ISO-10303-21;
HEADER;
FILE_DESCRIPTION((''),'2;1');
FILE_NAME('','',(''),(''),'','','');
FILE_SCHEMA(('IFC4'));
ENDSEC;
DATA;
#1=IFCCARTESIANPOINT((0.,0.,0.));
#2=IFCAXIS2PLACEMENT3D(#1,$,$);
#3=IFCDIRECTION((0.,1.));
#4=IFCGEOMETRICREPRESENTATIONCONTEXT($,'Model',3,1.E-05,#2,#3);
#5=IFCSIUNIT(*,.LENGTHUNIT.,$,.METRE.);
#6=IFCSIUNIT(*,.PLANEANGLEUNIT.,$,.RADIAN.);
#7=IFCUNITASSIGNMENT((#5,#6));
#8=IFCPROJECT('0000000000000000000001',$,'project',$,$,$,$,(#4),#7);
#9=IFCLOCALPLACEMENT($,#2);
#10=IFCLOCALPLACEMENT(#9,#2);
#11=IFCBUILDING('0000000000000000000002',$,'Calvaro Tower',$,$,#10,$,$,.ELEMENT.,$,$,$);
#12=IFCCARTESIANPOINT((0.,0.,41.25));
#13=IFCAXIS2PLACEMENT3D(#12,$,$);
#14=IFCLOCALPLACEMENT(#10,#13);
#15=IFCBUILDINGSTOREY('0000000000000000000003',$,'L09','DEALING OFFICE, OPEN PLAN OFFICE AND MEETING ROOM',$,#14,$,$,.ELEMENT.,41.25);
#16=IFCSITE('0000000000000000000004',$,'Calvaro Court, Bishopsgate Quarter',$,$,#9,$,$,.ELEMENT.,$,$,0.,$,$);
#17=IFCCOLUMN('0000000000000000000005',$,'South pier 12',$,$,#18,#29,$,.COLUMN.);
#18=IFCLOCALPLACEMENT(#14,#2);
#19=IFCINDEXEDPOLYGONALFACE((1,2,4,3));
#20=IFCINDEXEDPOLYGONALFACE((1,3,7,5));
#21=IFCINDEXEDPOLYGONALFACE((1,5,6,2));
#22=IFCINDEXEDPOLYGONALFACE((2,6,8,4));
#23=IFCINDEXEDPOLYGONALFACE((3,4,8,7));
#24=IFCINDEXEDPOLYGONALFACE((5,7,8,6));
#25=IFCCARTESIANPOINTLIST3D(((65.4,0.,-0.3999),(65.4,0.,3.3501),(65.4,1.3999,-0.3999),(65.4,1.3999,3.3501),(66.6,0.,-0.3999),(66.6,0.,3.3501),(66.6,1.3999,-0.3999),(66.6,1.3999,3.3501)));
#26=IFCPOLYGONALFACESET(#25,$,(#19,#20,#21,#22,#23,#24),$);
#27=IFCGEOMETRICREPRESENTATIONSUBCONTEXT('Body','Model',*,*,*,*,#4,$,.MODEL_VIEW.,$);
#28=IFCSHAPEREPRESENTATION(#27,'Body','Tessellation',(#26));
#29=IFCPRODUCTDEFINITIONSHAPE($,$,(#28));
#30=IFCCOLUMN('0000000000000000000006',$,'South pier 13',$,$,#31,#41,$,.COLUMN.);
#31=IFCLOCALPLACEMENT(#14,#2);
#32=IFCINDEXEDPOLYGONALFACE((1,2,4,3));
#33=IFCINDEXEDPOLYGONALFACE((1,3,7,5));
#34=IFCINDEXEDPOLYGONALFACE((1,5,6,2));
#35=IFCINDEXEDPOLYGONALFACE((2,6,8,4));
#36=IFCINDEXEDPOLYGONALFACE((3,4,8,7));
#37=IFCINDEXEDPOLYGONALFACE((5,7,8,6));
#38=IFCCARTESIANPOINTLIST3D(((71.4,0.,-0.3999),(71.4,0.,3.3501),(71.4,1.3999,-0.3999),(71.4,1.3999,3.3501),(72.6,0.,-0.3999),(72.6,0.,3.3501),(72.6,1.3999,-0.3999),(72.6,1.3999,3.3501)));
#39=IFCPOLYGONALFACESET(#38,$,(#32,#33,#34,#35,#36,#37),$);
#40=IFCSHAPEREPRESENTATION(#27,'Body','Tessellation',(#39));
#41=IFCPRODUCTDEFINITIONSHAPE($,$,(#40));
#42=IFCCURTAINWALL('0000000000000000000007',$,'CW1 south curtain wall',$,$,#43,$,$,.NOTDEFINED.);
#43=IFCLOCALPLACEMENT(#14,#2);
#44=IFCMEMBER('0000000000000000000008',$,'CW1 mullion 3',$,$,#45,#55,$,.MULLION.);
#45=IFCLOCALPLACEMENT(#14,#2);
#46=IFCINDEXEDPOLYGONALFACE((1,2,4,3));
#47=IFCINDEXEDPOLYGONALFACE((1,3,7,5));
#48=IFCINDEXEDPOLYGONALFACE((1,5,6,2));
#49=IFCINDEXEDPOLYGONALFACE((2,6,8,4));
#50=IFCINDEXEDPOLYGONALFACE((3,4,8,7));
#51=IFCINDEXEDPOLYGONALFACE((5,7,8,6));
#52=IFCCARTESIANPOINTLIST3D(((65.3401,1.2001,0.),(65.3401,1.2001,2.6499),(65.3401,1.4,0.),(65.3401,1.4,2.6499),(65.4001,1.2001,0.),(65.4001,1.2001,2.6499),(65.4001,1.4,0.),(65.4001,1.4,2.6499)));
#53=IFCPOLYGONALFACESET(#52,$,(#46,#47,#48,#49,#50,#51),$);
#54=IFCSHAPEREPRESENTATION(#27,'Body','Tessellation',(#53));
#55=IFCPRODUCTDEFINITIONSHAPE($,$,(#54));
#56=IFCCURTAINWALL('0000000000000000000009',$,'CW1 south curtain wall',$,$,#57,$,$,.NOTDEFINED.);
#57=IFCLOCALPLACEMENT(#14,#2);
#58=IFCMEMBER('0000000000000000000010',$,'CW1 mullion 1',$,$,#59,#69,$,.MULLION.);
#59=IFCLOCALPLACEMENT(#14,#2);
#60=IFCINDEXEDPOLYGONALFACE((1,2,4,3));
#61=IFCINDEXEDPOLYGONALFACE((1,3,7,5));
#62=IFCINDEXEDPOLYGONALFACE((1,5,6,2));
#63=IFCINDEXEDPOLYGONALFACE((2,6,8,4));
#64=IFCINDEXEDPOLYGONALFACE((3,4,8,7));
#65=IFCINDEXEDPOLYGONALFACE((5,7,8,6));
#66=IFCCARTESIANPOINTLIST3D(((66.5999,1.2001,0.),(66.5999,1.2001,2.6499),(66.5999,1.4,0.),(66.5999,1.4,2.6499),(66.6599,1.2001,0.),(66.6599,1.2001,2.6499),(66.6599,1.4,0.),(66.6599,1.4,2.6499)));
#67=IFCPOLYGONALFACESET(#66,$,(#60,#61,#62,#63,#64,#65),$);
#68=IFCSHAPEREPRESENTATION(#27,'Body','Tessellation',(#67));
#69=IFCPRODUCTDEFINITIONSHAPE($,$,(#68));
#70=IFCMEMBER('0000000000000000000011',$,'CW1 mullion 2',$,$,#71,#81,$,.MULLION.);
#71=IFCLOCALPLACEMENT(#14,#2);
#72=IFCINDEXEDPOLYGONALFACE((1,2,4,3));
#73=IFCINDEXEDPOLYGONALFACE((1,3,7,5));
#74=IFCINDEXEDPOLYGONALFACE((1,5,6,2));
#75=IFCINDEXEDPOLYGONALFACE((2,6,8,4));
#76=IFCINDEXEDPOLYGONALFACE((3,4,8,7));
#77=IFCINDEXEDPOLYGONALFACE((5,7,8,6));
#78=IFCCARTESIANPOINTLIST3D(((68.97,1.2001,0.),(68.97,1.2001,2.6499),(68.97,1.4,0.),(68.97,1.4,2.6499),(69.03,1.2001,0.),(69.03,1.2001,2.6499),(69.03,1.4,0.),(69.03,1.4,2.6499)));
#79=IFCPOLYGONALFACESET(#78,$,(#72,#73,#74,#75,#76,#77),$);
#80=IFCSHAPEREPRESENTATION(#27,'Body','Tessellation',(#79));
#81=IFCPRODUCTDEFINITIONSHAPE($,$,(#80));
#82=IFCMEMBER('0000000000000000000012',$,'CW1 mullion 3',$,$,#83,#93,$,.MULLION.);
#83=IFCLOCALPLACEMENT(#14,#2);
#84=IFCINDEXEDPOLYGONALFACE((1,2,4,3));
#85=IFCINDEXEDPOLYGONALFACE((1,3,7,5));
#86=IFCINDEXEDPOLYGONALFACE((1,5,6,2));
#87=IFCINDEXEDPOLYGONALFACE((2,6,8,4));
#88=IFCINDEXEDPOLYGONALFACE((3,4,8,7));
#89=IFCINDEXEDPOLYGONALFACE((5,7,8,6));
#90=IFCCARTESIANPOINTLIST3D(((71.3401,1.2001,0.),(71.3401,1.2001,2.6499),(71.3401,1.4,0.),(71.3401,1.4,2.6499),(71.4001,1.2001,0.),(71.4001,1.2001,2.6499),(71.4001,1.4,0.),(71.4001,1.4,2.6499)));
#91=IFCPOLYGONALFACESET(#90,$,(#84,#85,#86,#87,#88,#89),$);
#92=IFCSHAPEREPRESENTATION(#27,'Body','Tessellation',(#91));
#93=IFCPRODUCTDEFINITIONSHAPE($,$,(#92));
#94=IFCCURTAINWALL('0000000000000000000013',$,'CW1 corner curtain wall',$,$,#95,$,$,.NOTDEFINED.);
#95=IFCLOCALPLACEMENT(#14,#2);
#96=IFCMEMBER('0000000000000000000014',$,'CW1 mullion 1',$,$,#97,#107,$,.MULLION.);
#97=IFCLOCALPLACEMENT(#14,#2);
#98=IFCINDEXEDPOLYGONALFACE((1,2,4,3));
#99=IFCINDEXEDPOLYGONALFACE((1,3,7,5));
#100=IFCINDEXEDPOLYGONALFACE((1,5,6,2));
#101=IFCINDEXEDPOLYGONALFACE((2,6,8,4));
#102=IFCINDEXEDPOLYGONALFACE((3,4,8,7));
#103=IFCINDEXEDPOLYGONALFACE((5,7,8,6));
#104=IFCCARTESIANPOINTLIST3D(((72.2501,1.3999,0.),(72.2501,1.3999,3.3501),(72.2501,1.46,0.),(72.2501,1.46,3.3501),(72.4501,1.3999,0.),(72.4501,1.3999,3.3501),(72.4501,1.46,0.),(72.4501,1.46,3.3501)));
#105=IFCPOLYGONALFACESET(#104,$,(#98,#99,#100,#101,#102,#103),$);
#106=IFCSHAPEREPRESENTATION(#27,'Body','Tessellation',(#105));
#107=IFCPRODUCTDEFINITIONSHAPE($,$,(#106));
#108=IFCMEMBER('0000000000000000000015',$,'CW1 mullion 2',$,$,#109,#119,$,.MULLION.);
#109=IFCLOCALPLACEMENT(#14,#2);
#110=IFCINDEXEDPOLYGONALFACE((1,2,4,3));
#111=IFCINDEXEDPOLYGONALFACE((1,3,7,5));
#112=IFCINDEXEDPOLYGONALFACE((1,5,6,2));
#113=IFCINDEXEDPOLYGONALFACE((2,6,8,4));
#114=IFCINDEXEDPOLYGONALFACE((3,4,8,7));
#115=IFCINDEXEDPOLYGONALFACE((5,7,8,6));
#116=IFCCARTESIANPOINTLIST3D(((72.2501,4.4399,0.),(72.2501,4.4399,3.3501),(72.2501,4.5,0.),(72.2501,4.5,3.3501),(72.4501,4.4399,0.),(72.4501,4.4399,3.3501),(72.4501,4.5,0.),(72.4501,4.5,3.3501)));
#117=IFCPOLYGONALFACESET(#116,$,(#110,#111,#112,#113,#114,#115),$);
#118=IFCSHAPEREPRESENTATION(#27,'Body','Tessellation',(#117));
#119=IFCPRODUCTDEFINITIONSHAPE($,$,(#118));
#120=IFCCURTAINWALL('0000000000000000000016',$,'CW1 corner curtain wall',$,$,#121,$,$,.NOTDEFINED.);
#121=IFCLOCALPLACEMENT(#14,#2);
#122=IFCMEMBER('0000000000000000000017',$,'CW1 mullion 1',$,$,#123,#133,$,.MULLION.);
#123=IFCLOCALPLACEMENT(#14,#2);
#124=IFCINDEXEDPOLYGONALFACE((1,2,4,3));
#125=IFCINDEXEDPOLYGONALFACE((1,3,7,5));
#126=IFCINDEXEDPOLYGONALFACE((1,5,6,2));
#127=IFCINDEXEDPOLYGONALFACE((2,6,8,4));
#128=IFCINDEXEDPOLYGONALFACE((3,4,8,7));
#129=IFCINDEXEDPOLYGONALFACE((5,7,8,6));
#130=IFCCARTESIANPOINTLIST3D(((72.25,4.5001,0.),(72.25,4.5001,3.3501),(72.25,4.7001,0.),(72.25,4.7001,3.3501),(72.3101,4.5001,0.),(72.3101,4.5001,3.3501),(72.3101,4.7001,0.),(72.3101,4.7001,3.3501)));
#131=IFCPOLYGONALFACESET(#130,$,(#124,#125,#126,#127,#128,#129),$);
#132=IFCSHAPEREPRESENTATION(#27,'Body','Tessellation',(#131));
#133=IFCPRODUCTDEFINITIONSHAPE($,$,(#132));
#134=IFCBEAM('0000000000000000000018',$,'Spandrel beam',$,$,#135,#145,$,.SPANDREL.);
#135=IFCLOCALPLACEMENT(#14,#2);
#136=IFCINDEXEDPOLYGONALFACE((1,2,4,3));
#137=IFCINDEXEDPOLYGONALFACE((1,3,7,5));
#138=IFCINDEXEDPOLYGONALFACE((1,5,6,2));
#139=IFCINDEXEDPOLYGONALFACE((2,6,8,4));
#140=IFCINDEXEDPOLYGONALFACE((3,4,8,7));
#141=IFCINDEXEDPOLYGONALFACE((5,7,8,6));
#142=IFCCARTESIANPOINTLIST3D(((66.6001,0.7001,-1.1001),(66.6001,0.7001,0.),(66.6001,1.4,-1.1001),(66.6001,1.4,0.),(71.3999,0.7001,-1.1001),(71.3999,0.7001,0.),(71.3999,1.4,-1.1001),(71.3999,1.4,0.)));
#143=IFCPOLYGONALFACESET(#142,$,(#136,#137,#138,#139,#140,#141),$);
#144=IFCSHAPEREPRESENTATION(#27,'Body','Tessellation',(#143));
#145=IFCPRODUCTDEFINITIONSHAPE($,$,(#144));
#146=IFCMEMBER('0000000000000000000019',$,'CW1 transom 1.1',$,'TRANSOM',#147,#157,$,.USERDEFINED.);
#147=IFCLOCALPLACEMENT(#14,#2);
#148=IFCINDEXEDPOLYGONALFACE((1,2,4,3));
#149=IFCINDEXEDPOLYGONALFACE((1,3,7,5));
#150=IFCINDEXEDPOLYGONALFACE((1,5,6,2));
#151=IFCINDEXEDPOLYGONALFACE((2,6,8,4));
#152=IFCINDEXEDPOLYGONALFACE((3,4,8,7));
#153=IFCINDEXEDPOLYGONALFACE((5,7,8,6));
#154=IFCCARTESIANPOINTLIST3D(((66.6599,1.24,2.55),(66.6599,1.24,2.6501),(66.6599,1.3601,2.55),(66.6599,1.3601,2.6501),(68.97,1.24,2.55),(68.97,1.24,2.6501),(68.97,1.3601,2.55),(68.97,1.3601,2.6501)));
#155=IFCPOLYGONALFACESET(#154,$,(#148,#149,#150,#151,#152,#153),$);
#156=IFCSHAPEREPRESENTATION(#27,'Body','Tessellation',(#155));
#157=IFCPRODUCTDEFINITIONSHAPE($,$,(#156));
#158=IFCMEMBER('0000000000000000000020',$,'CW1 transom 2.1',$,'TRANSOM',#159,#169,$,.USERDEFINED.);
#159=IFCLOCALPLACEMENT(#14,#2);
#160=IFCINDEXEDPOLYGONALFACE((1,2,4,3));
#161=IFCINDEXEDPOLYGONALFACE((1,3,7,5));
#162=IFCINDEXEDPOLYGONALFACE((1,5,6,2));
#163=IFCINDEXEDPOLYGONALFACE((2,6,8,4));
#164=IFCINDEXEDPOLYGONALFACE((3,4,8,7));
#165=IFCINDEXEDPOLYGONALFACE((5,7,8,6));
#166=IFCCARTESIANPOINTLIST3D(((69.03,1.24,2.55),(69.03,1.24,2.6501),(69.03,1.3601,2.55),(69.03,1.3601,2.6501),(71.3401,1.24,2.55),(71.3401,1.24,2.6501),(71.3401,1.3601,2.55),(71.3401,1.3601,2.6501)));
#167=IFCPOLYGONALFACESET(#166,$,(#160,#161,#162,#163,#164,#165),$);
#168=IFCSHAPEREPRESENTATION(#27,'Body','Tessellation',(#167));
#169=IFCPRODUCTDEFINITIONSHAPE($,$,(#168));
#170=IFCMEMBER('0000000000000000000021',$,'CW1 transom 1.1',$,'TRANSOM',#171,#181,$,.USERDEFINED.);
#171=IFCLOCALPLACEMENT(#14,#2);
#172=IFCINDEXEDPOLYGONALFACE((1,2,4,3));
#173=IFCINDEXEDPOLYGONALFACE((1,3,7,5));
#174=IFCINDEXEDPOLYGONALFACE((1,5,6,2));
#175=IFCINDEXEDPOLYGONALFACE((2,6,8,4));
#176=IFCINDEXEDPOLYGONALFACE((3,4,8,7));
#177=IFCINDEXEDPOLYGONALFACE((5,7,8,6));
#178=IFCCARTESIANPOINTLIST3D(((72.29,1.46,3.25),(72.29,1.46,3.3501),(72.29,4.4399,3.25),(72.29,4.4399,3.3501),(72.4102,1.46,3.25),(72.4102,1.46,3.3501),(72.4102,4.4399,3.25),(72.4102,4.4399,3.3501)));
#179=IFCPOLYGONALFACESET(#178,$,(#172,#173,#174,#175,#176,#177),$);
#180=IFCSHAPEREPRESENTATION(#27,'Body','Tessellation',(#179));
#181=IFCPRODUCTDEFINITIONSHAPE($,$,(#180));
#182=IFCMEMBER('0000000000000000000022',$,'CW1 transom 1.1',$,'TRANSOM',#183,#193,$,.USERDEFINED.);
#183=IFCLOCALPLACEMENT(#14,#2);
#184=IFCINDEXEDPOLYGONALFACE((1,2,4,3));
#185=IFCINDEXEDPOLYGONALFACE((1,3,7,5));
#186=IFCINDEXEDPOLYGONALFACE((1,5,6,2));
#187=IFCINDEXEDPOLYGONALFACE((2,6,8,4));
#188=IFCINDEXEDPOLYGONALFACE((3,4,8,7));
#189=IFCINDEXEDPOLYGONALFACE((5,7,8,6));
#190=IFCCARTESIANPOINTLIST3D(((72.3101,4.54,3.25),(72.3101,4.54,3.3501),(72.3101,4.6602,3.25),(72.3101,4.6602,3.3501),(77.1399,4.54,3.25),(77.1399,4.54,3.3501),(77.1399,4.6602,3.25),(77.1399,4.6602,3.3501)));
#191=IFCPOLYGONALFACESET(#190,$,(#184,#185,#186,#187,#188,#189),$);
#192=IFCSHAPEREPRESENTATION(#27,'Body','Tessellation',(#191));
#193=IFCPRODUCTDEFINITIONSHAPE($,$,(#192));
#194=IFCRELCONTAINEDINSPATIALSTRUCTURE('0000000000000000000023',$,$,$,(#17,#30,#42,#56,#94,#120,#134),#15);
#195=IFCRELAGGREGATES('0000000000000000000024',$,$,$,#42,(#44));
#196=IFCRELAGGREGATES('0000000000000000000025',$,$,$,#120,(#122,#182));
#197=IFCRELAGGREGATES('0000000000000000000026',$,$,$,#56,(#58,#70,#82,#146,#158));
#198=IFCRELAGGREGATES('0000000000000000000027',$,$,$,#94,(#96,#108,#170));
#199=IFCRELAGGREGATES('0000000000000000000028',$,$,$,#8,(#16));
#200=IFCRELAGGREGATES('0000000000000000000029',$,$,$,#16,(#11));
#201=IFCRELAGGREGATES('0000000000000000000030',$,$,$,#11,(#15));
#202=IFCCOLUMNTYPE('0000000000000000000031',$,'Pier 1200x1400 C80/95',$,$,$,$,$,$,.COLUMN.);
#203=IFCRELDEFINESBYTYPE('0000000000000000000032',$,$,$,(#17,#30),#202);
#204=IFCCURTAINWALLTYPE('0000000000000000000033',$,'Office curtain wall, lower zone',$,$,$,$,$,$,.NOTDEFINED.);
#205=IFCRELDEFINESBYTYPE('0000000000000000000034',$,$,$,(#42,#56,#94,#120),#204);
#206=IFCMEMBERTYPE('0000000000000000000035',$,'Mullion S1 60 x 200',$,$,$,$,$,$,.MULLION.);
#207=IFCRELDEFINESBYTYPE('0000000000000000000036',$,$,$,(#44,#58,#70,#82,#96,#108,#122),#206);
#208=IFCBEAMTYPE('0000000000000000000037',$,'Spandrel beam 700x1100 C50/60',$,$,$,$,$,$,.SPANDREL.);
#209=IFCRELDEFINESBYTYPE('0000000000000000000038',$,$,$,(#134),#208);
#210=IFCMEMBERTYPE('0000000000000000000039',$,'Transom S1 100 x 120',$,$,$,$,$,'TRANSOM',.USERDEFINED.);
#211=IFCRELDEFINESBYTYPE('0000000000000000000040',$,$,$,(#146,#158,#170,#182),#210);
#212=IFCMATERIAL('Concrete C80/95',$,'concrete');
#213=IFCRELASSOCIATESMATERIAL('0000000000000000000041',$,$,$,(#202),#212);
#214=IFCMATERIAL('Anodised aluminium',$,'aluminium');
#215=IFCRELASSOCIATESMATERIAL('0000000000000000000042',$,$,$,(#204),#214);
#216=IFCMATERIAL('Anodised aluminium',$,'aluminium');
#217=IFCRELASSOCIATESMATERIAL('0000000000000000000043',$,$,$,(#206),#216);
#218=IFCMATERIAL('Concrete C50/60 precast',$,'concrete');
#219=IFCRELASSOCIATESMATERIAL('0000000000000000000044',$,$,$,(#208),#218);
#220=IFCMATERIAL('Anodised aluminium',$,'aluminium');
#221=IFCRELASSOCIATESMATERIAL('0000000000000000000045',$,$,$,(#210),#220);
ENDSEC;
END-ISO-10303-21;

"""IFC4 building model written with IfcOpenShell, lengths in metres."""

from ifc_helpers import new_model, si_unit, direction, frame, origin, origin_2d, place, context, subcontext, project, spatial, rectangle, extrude, material, material_profile, profile_set, type_object, element, aggregate, save


model = new_model("IFC4")

# Units and contexts
model_context = context("Model", 3, precision=1e-05, world=origin(), true_north=direction((0.0, 1.0)))
body_context = subcontext(model_context, "Body", "Model", "MODEL_VIEW")
ifc_project = project(units=[si_unit("LENGTHUNIT", "METRE"), si_unit("PLANEANGLEUNIT", "RADIAN")], contexts=[model_context])

# Site, building, storey
site_placement = place(None, origin())
site = spatial("IfcSite", under=ifc_project, at=site_placement, Name="Calvaro Court, Bishopsgate Quarter", CompositionType="ELEMENT", RefElevation=0.0)
building_placement = place(site_placement, origin())
building = spatial("IfcBuilding", under=site, at=building_placement, Name="Calvaro Tower", CompositionType="ELEMENT")
storey_placement = place(building_placement, frame((0.0, 0.0, 41.25)))
storey = spatial("IfcBuildingStorey", under=building, at=storey_placement, Name="L09", Description="DEALING OFFICE, OPEN PLAN OFFICE AND MEETING ROOM", CompositionType="ELEMENT", Elevation=41.25)

# Columns
ifc_material_1 = material(Name="Concrete C80/95", Category="concrete")
ifc_material_profile_1 = material_profile(ifc_material_1, rectangle(XDim=1.2, YDim=1.3999, at=origin_2d()), Name="RC 1200x1400")
ifc_profile_set_1 = profile_set([ifc_material_profile_1], Name="Concrete C80/95")
column_type = type_object("IfcColumnType", Name="Pier 1200x1400 C80/95", PredefinedType="COLUMN", material=ifc_profile_set_1)
for number, where, z_axis, x_axis, name in (
    (1, (66.0, 0.7, -0.3999), (0.0, 0.0, 1.0), (1.0, 0.0, 0.0), "South pier 12"),
    (2, (72.0, 0.7, -0.3999), (0.0, 0.0, 1.0), (1.0, 0.0, 0.0), "South pier 13"),
):
    element("IfcColumn", number, at=place(storey_placement, frame(where, z_axis=z_axis, x_axis=x_axis)), inside=storey, type_object=column_type, Name=name, PredefinedType="COLUMN", context=body_context, shape_type="SweptSolid", body=[
        extrude(rectangle(XDim=1.2, YDim=1.3999, at=origin_2d()), origin(), (0.0, 0.0, 1.0), 3.75),
    ])

# Curtain wall, member
ifc_material_2 = material(Name="Anodised aluminium", Category="aluminium")
curtain_wall_type = type_object("IfcCurtainWallType", Name="Office curtain wall, lower zone", PredefinedType="NOTDEFINED", material=ifc_material_2)
curtain_wall_1_placement = place(storey_placement, origin())
curtain_wall_1 = element("IfcCurtainWall", 3, at=curtain_wall_1_placement, inside=storey, type_object=curtain_wall_type, Name="CW1 south curtain wall", PredefinedType="NOTDEFINED")
ifc_material_3 = material(Name="Anodised aluminium", Category="aluminium")
ifc_material_profile_2 = material_profile(ifc_material_3, rectangle(XDim=0.2, YDim=0.0601, at=origin_2d()), Name="Mullion S1 60 x 200")
ifc_profile_set_2 = profile_set([ifc_material_profile_2], Name="Anodised aluminium")
member_type_1 = type_object("IfcMemberType", Name="Mullion S1 60 x 200", PredefinedType="MULLION", material=ifc_profile_set_2)
member_1_placement = place(storey_placement, frame((65.3701, 1.3, 0.0), z_axis=(0.0, 0.0, 1.0), x_axis=(0.0, 1.0, 0.0)))
member_1 = element("IfcMember", 4, at=member_1_placement, type_object=member_type_1, Name="CW1 mullion 3", PredefinedType="MULLION", context=body_context, shape_type="SweptSolid", body=[
    extrude(rectangle(XDim=0.2, YDim=0.0601, at=origin_2d()), origin(), (0.0, 0.0, 1.0), 2.6499),
])
aggregate(curtain_wall_1, [member_1])

# Curtain walls, members
curtain_wall_2_placement = place(storey_placement, origin())
curtain_wall_2 = element("IfcCurtainWall", 5, at=curtain_wall_2_placement, inside=storey, type_object=curtain_wall_type, Name="CW1 south curtain wall", PredefinedType="NOTDEFINED")
member_2_placement = place(storey_placement, frame((66.6299, 1.3, 0.0), z_axis=(0.0, 0.0, 1.0), x_axis=(0.0, 1.0, 0.0)))
member_2 = element("IfcMember", 6, at=member_2_placement, type_object=member_type_1, Name="CW1 mullion 1", PredefinedType="MULLION", context=body_context, shape_type="SweptSolid", body=[
    extrude(rectangle(XDim=0.2, YDim=0.0601, at=origin_2d()), origin(), (0.0, 0.0, 1.0), 2.6499),
])
member_3_placement = place(storey_placement, frame((69.0, 1.3, 0.0), z_axis=(0.0, 0.0, 1.0), x_axis=(0.0, 1.0, 0.0)))
member_3 = element("IfcMember", 7, at=member_3_placement, type_object=member_type_1, Name="CW1 mullion 2", PredefinedType="MULLION", context=body_context, shape_type="SweptSolid", body=[
    extrude(rectangle(XDim=0.2, YDim=0.0601, at=origin_2d()), origin(), (0.0, 0.0, 1.0), 2.6499),
])
member_4_placement = place(storey_placement, frame((71.3701, 1.3, 0.0), z_axis=(0.0, 0.0, 1.0), x_axis=(0.0, 1.0, 0.0)))
member_4 = element("IfcMember", 8, at=member_4_placement, type_object=member_type_1, Name="CW1 mullion 3", PredefinedType="MULLION", context=body_context, shape_type="SweptSolid", body=[
    extrude(rectangle(XDim=0.2, YDim=0.0601, at=origin_2d()), origin(), (0.0, 0.0, 1.0), 2.6499),
])
curtain_wall_3_placement = place(storey_placement, origin())
curtain_wall_3 = element("IfcCurtainWall", 9, at=curtain_wall_3_placement, inside=storey, type_object=curtain_wall_type, Name="CW1 corner curtain wall", PredefinedType="NOTDEFINED")
member_5_placement = place(storey_placement, frame((72.3501, 1.4299, 0.0), z_axis=(0.0, 0.0, 1.0), x_axis=(-1.0, 0.0, 0.0)))
member_5 = element("IfcMember", 10, at=member_5_placement, type_object=member_type_1, Name="CW1 mullion 1", PredefinedType="MULLION", context=body_context, shape_type="SweptSolid", body=[
    extrude(rectangle(XDim=0.2, YDim=0.0601, at=origin_2d()), origin(), (0.0, 0.0, 1.0), 3.3501),
])
member_6_placement = place(storey_placement, frame((72.3501, 4.47, 0.0), z_axis=(0.0, 0.0, 1.0), x_axis=(-1.0, 0.0, 0.0)))
member_6 = element("IfcMember", 11, at=member_6_placement, type_object=member_type_1, Name="CW1 mullion 2", PredefinedType="MULLION", context=body_context, shape_type="SweptSolid", body=[
    extrude(rectangle(XDim=0.2, YDim=0.0601, at=origin_2d()), origin(), (0.0, 0.0, 1.0), 3.3501),
])

# Curtain wall, member
curtain_wall_4_placement = place(storey_placement, origin())
curtain_wall_4 = element("IfcCurtainWall", 12, at=curtain_wall_4_placement, inside=storey, type_object=curtain_wall_type, Name="CW1 corner curtain wall", PredefinedType="NOTDEFINED")
member_7_placement = place(storey_placement, frame((72.28, 4.6001, 0.0), z_axis=(0.0, 0.0, 1.0), x_axis=(0.0, 1.0, 0.0)))
member_7 = element("IfcMember", 13, at=member_7_placement, type_object=member_type_1, Name="CW1 mullion 1", PredefinedType="MULLION", context=body_context, shape_type="SweptSolid", body=[
    extrude(rectangle(XDim=0.2, YDim=0.0601, at=origin_2d()), origin(), (0.0, 0.0, 1.0), 3.3501),
])

# Beam
ifc_material_4 = material(Name="Concrete C50/60 precast", Category="concrete")
ifc_material_profile_3 = material_profile(ifc_material_4, rectangle(XDim=0.7, YDim=1.1001, at=origin_2d()), Name="RC 700x1100")
ifc_profile_set_3 = profile_set([ifc_material_profile_3], Name="Concrete C50/60 precast")
beam_type = type_object("IfcBeamType", Name="Spandrel beam 700x1100 C50/60", PredefinedType="SPANDREL", material=ifc_profile_set_3)
beam_placement = place(storey_placement, frame((66.6001, 1.05, -0.55), z_axis=(1.0, 0.0, 0.0), x_axis=(0.0, 1.0, 0.0)))
element("IfcBeam", 14, at=beam_placement, inside=storey, type_object=beam_type, Name="Spandrel beam", PredefinedType="SPANDREL", context=body_context, shape_type="SweptSolid", body=[
    extrude(rectangle(XDim=0.7, YDim=1.1001, at=origin_2d()), origin(), (0.0, 0.0, 1.0), 4.7998),
])

# Members
ifc_material_5 = material(Name="Anodised aluminium", Category="aluminium")
ifc_material_profile_4 = material_profile(ifc_material_5, rectangle(XDim=0.1201, YDim=0.1001, at=origin_2d()), Name="Transom S1 100 x 120")
ifc_profile_set_4 = profile_set([ifc_material_profile_4], Name="Anodised aluminium")
member_type_2 = type_object("IfcMemberType", Name="Transom S1 100 x 120", ElementType="TRANSOM", PredefinedType="USERDEFINED", material=ifc_profile_set_4)
member_8_placement = place(storey_placement, frame((66.6599, 1.3, 2.6001), z_axis=(1.0, 0.0, 0.0), x_axis=(0.0, 1.0, 0.0)))
member_8 = element("IfcMember", 15, at=member_8_placement, type_object=member_type_2, Name="CW1 transom 1.1", ObjectType="TRANSOM", PredefinedType="USERDEFINED", context=body_context, shape_type="SweptSolid", body=[
    extrude(rectangle(XDim=0.1201, YDim=0.1001, at=origin_2d()), origin(), (0.0, 0.0, 1.0), 2.3101),
])
member_9_placement = place(storey_placement, frame((69.03, 1.3, 2.6001), z_axis=(1.0, 0.0, 0.0), x_axis=(0.0, 1.0, 0.0)))
member_9 = element("IfcMember", 16, at=member_9_placement, type_object=member_type_2, Name="CW1 transom 2.1", ObjectType="TRANSOM", PredefinedType="USERDEFINED", context=body_context, shape_type="SweptSolid", body=[
    extrude(rectangle(XDim=0.1201, YDim=0.1001, at=origin_2d()), origin(), (0.0, 0.0, 1.0), 2.3101),
])
member_10_placement = place(storey_placement, frame((72.3501, 1.46, 3.3), z_axis=(0.0, 1.0, 0.0), x_axis=(-1.0, 0.0, 0.0)))
member_10 = element("IfcMember", 17, at=member_10_placement, type_object=member_type_2, Name="CW1 transom 1.1", ObjectType="TRANSOM", PredefinedType="USERDEFINED", context=body_context, shape_type="SweptSolid", body=[
    extrude(rectangle(XDim=0.1201, YDim=0.1001, at=origin_2d()), origin(), (0.0, 0.0, 1.0), 2.98),
])
member_11_placement = place(storey_placement, frame((72.3101, 4.6001, 3.3), z_axis=(1.0, 0.0, 0.0), x_axis=(0.0, 1.0, 0.0)))
member_11 = element("IfcMember", 18, at=member_11_placement, type_object=member_type_2, Name="CW1 transom 1.1", ObjectType="TRANSOM", PredefinedType="USERDEFINED", context=body_context, shape_type="SweptSolid", body=[
    extrude(rectangle(XDim=0.1201, YDim=0.1001, at=origin_2d()), origin(), (0.0, 0.0, 1.0), 4.8298),
])
aggregate(curtain_wall_4, [member_7, member_11])

aggregate(curtain_wall_2, [member_2, member_3, member_4, member_8, member_9])
aggregate(curtain_wall_3, [member_5, member_6, member_10])

save(model, "model.ifc")
